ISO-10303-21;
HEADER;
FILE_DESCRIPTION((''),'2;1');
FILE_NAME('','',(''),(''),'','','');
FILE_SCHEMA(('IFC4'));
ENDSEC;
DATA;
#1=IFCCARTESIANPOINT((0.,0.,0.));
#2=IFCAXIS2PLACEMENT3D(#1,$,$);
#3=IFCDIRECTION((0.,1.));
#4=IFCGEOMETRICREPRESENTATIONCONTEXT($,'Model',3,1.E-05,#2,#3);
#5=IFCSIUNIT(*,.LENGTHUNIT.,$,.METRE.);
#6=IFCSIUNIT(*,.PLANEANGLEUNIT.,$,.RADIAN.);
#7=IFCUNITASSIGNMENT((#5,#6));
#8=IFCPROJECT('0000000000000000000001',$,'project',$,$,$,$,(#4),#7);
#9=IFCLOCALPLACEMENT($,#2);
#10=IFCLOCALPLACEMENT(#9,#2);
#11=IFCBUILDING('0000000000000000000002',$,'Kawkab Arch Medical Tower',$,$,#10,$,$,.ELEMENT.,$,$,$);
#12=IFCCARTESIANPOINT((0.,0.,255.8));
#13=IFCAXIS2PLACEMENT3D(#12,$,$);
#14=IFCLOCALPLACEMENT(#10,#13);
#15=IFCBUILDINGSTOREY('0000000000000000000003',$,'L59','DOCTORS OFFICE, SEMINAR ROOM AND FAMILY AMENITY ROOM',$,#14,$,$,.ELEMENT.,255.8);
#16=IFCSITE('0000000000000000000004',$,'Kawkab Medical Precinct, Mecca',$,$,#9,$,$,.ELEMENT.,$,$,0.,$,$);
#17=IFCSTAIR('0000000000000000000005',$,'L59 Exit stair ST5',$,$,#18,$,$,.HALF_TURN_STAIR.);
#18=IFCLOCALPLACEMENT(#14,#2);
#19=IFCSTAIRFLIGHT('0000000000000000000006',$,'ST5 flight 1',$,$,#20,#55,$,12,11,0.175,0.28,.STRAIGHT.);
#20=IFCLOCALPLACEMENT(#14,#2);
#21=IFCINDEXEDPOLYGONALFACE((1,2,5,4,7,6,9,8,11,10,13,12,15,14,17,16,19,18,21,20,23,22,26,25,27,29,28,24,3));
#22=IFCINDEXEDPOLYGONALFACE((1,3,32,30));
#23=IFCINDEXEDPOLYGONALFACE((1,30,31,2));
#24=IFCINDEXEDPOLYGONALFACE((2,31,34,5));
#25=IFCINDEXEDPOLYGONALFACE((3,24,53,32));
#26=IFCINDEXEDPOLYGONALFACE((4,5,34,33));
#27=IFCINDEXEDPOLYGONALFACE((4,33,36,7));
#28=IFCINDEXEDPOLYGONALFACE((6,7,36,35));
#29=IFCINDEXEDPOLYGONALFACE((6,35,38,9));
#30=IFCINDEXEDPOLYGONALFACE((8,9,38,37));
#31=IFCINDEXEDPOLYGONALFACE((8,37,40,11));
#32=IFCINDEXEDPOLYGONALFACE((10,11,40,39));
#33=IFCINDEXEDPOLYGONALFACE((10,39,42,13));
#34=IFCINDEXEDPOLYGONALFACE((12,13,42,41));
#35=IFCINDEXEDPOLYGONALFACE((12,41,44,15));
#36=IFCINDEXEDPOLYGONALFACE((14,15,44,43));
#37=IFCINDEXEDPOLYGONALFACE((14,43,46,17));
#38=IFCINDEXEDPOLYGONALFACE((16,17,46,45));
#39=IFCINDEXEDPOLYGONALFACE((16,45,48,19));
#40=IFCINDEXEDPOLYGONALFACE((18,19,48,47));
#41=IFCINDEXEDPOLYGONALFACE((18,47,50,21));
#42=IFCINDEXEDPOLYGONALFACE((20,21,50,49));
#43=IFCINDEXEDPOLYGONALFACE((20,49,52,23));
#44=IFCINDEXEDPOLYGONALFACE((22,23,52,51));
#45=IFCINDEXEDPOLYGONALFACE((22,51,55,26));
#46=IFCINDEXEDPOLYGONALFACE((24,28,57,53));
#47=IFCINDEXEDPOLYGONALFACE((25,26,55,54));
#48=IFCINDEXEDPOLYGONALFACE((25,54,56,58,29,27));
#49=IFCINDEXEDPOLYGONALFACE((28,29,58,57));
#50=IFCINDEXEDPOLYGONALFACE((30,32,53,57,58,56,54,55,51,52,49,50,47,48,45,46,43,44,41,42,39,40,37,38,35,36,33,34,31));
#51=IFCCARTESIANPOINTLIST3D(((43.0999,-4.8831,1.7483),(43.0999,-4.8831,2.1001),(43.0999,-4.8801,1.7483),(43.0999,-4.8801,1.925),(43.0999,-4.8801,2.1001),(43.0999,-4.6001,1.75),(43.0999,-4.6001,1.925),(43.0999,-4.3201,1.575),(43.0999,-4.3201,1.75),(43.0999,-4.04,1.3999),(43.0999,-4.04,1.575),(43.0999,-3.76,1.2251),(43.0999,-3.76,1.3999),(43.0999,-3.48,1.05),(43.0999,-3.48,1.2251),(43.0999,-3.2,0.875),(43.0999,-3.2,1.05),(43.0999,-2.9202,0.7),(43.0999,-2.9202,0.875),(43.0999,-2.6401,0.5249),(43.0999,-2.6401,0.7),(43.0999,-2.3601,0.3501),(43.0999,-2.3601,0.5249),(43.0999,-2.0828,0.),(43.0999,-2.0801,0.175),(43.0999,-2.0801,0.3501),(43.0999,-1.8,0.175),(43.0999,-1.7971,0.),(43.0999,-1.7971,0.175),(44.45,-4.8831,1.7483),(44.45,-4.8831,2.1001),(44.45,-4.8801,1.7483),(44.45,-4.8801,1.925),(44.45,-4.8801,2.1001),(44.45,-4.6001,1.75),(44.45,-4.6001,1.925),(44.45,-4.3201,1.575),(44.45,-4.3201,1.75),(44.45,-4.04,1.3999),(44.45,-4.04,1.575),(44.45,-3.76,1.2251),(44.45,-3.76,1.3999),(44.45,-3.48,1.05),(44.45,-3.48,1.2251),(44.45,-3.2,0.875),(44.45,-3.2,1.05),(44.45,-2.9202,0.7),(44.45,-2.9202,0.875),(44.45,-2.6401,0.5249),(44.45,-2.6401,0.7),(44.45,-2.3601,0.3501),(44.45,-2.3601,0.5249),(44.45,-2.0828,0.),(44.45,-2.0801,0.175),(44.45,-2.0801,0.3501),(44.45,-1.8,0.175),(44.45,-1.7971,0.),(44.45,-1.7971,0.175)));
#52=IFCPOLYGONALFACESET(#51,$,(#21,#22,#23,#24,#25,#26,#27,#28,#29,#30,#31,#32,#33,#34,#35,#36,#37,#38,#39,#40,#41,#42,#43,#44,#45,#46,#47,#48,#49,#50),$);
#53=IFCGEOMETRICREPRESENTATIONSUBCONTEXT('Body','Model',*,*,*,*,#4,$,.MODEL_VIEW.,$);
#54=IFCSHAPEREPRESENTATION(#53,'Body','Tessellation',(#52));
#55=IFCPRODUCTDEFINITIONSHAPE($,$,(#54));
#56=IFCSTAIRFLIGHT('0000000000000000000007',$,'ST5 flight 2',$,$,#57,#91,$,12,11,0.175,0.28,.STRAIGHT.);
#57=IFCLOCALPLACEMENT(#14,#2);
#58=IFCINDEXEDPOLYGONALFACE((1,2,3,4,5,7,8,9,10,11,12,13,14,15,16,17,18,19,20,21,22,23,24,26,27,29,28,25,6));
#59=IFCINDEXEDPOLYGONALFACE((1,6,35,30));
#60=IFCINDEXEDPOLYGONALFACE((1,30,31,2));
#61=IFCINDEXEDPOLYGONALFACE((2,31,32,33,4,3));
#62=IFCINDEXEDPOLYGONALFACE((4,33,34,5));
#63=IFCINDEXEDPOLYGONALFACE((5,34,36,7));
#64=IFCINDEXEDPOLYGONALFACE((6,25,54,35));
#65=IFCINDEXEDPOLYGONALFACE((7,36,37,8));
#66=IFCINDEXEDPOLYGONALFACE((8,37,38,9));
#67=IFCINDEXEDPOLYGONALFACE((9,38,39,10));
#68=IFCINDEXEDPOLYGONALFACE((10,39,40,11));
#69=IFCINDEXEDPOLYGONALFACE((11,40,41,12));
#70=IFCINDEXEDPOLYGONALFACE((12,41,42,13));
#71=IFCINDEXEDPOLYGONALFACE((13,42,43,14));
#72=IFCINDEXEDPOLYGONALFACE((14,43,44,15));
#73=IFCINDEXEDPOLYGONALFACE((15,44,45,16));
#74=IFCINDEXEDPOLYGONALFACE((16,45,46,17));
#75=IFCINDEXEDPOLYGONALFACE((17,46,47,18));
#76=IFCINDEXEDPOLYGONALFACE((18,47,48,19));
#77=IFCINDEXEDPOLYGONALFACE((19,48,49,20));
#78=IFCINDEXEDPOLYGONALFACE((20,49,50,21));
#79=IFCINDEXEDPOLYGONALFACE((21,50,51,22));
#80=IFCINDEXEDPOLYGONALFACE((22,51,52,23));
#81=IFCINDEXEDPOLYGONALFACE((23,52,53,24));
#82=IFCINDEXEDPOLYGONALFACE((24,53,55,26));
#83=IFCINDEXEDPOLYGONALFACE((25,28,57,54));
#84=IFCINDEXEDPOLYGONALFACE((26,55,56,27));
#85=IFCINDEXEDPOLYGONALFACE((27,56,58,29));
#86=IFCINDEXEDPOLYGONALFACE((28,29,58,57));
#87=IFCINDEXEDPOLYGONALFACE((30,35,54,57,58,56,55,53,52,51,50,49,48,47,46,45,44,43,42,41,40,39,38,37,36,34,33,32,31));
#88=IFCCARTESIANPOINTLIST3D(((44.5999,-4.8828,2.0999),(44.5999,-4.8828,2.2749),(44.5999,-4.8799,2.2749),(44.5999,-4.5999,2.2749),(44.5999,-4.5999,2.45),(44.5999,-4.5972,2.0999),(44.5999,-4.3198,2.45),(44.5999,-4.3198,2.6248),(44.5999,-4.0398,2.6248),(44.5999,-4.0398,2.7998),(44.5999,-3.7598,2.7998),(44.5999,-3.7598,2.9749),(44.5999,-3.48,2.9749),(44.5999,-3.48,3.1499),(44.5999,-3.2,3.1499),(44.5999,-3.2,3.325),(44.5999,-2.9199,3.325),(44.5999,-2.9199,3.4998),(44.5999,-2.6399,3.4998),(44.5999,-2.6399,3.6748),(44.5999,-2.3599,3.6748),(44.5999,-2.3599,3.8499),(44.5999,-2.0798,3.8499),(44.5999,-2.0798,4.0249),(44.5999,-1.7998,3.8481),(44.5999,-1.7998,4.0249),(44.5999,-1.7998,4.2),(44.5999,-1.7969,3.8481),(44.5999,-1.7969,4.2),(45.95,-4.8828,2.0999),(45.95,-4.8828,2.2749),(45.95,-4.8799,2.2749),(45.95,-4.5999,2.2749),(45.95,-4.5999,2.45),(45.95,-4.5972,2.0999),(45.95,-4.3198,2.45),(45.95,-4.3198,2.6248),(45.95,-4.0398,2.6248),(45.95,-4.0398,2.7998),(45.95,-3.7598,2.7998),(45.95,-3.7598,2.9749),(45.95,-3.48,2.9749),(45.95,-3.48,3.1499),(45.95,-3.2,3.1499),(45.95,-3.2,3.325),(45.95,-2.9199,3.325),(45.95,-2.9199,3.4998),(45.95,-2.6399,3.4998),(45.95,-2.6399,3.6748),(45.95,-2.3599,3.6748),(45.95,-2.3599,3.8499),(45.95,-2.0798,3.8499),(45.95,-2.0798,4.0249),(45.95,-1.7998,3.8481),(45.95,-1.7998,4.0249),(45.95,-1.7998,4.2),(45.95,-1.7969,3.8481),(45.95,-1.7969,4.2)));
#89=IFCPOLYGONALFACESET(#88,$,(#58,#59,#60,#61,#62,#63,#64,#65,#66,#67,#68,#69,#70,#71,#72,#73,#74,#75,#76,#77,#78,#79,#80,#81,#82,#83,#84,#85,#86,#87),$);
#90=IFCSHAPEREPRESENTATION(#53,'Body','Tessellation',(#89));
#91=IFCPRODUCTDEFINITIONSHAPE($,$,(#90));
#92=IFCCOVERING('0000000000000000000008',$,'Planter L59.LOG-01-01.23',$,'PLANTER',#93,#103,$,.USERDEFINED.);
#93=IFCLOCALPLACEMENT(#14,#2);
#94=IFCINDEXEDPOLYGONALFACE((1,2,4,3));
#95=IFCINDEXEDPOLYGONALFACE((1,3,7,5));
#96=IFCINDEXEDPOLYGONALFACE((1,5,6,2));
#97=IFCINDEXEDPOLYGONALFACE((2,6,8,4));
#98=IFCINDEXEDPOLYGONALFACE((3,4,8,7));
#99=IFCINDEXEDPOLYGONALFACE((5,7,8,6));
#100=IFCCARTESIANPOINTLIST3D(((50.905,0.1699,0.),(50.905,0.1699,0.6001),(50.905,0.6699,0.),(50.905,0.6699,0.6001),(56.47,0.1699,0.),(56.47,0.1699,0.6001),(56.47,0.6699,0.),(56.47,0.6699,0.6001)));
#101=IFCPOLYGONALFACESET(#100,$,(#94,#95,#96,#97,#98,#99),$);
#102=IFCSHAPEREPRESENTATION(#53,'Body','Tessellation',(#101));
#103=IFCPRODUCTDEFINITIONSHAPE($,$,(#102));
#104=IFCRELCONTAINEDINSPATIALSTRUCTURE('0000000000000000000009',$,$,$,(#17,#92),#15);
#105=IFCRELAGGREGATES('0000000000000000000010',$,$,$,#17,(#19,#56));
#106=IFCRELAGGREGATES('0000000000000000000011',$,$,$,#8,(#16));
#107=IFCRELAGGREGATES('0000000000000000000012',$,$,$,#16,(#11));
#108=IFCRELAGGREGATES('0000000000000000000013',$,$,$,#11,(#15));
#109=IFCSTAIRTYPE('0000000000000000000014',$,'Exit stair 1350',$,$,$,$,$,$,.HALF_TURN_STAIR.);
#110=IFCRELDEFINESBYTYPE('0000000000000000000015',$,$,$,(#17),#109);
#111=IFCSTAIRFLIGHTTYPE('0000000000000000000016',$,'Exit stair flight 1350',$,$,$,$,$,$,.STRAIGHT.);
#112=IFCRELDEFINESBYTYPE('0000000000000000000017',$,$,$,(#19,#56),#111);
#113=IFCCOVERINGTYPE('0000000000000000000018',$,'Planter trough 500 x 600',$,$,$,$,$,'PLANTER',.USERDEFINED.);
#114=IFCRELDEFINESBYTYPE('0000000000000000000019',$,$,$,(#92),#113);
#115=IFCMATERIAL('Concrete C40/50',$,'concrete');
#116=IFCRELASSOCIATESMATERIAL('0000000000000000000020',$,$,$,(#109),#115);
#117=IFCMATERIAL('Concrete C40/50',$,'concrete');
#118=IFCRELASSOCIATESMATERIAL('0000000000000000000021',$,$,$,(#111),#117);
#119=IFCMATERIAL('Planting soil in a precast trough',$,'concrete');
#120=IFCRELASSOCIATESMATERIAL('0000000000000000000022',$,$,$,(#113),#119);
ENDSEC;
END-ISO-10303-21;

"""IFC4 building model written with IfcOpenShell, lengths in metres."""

from ifc_helpers import new_model, si_unit, direction, frame, origin, origin_2d, place, context, subcontext, project, spatial, polyline, rectangle, outline, extrude, material, material_profile, profile_set, type_object, element, aggregate, save


model = new_model("IFC4")

# Units and contexts
model_context = context("Model", 3, precision=1e-05, world=origin(), true_north=direction((0.0, 1.0)))
body_context = subcontext(model_context, "Body", "Model", "MODEL_VIEW")
ifc_project = project(units=[si_unit("LENGTHUNIT", "METRE"), si_unit("PLANEANGLEUNIT", "RADIAN")], contexts=[model_context])

# Site, building, storey
site_placement = place(None, origin())
site = spatial("IfcSite", under=ifc_project, at=site_placement, Name="Kawkab Medical Precinct, Mecca", CompositionType="ELEMENT", RefElevation=0.0)
building_placement = place(site_placement, origin())
building = spatial("IfcBuilding", under=site, at=building_placement, Name="Kawkab Arch Medical Tower", CompositionType="ELEMENT")
storey_placement = place(building_placement, frame((0.0, 0.0, 255.8)))
storey = spatial("IfcBuildingStorey", under=building, at=storey_placement, Name="L59", Description="DOCTORS OFFICE, SEMINAR ROOM AND FAMILY AMENITY ROOM", CompositionType="ELEMENT", Elevation=255.8)

# Shared definitions
placement = place(storey_placement, origin())

# Stair, stair flights
ifc_material_1 = material(Name="Concrete C40/50", Category="concrete")
stair_type = type_object("IfcStairType", Name="Exit stair 1350", PredefinedType="HALF_TURN_STAIR", material=ifc_material_1)
stair = element("IfcStair", 1, at=placement, inside=storey, type_object=stair_type, Name="L59 Exit stair ST5", PredefinedType="HALF_TURN_STAIR")
ifc_material_2 = material(Name="Concrete C40/50", Category="concrete")
stair_flight_type = type_object("IfcStairFlightType", Name="Exit stair flight 1350", PredefinedType="STRAIGHT", material=ifc_material_2)
stair_flight_1_placement = place(storey_placement, frame((43.7749, -1.8, 0.0), z_axis=(0.0, 0.0, 1.0), x_axis=(0.0, -1.0, 0.0)))
stair_flight_1 = element("IfcStairFlight", 2, at=stair_flight_1_placement, type_object=stair_flight_type, Name="ST5 flight 1", NumberOfRisers=12, NumberOfTreads=11, PredefinedType="STRAIGHT", RiserHeight=0.175, TreadLength=0.28, context=body_context, shape_type="SweptSolid", body=[
    extrude(outline(polyline([(-0.0029, 0.0), (-0.0029, 0.175), (0.0, 0.175), (0.28, 0.175), (0.28, 0.3501), (0.5601, 0.3501), (0.5601, 0.5249), (0.8401, 0.5249), (0.8401, 0.7), (1.1201, 0.7), (1.1201, 0.875), (1.3999, 0.875), (1.3999, 1.05), (1.6799, 1.05), (1.6799, 1.2251), (1.96, 1.2251), (1.96, 1.3999), (2.24, 1.3999), (2.24, 1.575), (2.52, 1.575), (2.52, 1.75), (2.8, 1.75), (2.8, 1.925), (3.0801, 1.925), (3.0801, 2.1001), (3.083, 2.1001), (3.083, 1.7483), (3.0801, 1.7483), (0.2827, 0.0), (-0.0029, 0.0)])), frame((0.0, 0.675, 0.0), z_axis=(0.0, -1.0, 0.0), x_axis=(1.0, 0.0, 0.0)), (0.0, 0.0, 1.0), 1.3501),
])
stair_flight_2_placement = place(storey_placement, frame((45.2749, -4.8799, 2.0999), z_axis=(0.0, 0.0, 1.0), x_axis=(0.0, 1.0, 0.0)))
stair_flight_2 = element("IfcStairFlight", 3, at=stair_flight_2_placement, type_object=stair_flight_type, Name="ST5 flight 2", NumberOfRisers=12, NumberOfTreads=11, PredefinedType="STRAIGHT", RiserHeight=0.175, TreadLength=0.28, context=body_context, shape_type="SweptSolid", body=[
    extrude(outline(polyline([(-0.0029, 0.0), (-0.0029, 0.175), (0.0, 0.175), (0.28, 0.175), (0.28, 0.3501), (0.5601, 0.3501), (0.5601, 0.5249), (0.8401, 0.5249), (0.8401, 0.7), (1.1201, 0.7), (1.1201, 0.875), (1.3999, 0.875), (1.3999, 1.05), (1.6799, 1.05), (1.6799, 1.2251), (1.96, 1.2251), (1.96, 1.3999), (2.24, 1.3999), (2.24, 1.575), (2.52, 1.575), (2.52, 1.75), (2.8, 1.75), (2.8, 1.925), (3.0801, 1.925), (3.0801, 2.1001), (3.083, 2.1001), (3.083, 1.7483), (3.0801, 1.7483), (0.2827, 0.0), (-0.0029, 0.0)])), frame((0.0, 0.675, 0.0), z_axis=(0.0, -1.0, 0.0), x_axis=(1.0, 0.0, 0.0)), (0.0, 0.0, 1.0), 1.3501),
])
aggregate(stair, [stair_flight_1, stair_flight_2])

# Covering
ifc_material_3 = material(Name="Planting soil in a precast trough", Category="concrete")
ifc_material_profile_1 = material_profile(ifc_material_3, rectangle(XDim=0.5, YDim=0.6001, at=origin_2d()), Name="Trough 500x600")
ifc_profile_set_1 = profile_set([ifc_material_profile_1], Name="Planting soil in a precast trough")
covering_type = type_object("IfcCoveringType", Name="Planter trough 500 x 600", ElementType="PLANTER", PredefinedType="USERDEFINED", material=ifc_profile_set_1)
covering_placement = place(storey_placement, frame((50.905, 0.4199, 0.3), z_axis=(1.0, 0.0, 0.0), x_axis=(0.0, 1.0, 0.0)))
element("IfcCovering", 4, at=covering_placement, inside=storey, type_object=covering_type, Name="Planter L59.LOG-01-01.23", ObjectType="PLANTER", PredefinedType="USERDEFINED", context=body_context, shape_type="SweptSolid", body=[
    extrude(rectangle(XDim=0.5, YDim=0.6001, at=origin_2d()), origin(), (0.0, 0.0, 1.0), 5.5649),
])

save(model, "model.ifc")
